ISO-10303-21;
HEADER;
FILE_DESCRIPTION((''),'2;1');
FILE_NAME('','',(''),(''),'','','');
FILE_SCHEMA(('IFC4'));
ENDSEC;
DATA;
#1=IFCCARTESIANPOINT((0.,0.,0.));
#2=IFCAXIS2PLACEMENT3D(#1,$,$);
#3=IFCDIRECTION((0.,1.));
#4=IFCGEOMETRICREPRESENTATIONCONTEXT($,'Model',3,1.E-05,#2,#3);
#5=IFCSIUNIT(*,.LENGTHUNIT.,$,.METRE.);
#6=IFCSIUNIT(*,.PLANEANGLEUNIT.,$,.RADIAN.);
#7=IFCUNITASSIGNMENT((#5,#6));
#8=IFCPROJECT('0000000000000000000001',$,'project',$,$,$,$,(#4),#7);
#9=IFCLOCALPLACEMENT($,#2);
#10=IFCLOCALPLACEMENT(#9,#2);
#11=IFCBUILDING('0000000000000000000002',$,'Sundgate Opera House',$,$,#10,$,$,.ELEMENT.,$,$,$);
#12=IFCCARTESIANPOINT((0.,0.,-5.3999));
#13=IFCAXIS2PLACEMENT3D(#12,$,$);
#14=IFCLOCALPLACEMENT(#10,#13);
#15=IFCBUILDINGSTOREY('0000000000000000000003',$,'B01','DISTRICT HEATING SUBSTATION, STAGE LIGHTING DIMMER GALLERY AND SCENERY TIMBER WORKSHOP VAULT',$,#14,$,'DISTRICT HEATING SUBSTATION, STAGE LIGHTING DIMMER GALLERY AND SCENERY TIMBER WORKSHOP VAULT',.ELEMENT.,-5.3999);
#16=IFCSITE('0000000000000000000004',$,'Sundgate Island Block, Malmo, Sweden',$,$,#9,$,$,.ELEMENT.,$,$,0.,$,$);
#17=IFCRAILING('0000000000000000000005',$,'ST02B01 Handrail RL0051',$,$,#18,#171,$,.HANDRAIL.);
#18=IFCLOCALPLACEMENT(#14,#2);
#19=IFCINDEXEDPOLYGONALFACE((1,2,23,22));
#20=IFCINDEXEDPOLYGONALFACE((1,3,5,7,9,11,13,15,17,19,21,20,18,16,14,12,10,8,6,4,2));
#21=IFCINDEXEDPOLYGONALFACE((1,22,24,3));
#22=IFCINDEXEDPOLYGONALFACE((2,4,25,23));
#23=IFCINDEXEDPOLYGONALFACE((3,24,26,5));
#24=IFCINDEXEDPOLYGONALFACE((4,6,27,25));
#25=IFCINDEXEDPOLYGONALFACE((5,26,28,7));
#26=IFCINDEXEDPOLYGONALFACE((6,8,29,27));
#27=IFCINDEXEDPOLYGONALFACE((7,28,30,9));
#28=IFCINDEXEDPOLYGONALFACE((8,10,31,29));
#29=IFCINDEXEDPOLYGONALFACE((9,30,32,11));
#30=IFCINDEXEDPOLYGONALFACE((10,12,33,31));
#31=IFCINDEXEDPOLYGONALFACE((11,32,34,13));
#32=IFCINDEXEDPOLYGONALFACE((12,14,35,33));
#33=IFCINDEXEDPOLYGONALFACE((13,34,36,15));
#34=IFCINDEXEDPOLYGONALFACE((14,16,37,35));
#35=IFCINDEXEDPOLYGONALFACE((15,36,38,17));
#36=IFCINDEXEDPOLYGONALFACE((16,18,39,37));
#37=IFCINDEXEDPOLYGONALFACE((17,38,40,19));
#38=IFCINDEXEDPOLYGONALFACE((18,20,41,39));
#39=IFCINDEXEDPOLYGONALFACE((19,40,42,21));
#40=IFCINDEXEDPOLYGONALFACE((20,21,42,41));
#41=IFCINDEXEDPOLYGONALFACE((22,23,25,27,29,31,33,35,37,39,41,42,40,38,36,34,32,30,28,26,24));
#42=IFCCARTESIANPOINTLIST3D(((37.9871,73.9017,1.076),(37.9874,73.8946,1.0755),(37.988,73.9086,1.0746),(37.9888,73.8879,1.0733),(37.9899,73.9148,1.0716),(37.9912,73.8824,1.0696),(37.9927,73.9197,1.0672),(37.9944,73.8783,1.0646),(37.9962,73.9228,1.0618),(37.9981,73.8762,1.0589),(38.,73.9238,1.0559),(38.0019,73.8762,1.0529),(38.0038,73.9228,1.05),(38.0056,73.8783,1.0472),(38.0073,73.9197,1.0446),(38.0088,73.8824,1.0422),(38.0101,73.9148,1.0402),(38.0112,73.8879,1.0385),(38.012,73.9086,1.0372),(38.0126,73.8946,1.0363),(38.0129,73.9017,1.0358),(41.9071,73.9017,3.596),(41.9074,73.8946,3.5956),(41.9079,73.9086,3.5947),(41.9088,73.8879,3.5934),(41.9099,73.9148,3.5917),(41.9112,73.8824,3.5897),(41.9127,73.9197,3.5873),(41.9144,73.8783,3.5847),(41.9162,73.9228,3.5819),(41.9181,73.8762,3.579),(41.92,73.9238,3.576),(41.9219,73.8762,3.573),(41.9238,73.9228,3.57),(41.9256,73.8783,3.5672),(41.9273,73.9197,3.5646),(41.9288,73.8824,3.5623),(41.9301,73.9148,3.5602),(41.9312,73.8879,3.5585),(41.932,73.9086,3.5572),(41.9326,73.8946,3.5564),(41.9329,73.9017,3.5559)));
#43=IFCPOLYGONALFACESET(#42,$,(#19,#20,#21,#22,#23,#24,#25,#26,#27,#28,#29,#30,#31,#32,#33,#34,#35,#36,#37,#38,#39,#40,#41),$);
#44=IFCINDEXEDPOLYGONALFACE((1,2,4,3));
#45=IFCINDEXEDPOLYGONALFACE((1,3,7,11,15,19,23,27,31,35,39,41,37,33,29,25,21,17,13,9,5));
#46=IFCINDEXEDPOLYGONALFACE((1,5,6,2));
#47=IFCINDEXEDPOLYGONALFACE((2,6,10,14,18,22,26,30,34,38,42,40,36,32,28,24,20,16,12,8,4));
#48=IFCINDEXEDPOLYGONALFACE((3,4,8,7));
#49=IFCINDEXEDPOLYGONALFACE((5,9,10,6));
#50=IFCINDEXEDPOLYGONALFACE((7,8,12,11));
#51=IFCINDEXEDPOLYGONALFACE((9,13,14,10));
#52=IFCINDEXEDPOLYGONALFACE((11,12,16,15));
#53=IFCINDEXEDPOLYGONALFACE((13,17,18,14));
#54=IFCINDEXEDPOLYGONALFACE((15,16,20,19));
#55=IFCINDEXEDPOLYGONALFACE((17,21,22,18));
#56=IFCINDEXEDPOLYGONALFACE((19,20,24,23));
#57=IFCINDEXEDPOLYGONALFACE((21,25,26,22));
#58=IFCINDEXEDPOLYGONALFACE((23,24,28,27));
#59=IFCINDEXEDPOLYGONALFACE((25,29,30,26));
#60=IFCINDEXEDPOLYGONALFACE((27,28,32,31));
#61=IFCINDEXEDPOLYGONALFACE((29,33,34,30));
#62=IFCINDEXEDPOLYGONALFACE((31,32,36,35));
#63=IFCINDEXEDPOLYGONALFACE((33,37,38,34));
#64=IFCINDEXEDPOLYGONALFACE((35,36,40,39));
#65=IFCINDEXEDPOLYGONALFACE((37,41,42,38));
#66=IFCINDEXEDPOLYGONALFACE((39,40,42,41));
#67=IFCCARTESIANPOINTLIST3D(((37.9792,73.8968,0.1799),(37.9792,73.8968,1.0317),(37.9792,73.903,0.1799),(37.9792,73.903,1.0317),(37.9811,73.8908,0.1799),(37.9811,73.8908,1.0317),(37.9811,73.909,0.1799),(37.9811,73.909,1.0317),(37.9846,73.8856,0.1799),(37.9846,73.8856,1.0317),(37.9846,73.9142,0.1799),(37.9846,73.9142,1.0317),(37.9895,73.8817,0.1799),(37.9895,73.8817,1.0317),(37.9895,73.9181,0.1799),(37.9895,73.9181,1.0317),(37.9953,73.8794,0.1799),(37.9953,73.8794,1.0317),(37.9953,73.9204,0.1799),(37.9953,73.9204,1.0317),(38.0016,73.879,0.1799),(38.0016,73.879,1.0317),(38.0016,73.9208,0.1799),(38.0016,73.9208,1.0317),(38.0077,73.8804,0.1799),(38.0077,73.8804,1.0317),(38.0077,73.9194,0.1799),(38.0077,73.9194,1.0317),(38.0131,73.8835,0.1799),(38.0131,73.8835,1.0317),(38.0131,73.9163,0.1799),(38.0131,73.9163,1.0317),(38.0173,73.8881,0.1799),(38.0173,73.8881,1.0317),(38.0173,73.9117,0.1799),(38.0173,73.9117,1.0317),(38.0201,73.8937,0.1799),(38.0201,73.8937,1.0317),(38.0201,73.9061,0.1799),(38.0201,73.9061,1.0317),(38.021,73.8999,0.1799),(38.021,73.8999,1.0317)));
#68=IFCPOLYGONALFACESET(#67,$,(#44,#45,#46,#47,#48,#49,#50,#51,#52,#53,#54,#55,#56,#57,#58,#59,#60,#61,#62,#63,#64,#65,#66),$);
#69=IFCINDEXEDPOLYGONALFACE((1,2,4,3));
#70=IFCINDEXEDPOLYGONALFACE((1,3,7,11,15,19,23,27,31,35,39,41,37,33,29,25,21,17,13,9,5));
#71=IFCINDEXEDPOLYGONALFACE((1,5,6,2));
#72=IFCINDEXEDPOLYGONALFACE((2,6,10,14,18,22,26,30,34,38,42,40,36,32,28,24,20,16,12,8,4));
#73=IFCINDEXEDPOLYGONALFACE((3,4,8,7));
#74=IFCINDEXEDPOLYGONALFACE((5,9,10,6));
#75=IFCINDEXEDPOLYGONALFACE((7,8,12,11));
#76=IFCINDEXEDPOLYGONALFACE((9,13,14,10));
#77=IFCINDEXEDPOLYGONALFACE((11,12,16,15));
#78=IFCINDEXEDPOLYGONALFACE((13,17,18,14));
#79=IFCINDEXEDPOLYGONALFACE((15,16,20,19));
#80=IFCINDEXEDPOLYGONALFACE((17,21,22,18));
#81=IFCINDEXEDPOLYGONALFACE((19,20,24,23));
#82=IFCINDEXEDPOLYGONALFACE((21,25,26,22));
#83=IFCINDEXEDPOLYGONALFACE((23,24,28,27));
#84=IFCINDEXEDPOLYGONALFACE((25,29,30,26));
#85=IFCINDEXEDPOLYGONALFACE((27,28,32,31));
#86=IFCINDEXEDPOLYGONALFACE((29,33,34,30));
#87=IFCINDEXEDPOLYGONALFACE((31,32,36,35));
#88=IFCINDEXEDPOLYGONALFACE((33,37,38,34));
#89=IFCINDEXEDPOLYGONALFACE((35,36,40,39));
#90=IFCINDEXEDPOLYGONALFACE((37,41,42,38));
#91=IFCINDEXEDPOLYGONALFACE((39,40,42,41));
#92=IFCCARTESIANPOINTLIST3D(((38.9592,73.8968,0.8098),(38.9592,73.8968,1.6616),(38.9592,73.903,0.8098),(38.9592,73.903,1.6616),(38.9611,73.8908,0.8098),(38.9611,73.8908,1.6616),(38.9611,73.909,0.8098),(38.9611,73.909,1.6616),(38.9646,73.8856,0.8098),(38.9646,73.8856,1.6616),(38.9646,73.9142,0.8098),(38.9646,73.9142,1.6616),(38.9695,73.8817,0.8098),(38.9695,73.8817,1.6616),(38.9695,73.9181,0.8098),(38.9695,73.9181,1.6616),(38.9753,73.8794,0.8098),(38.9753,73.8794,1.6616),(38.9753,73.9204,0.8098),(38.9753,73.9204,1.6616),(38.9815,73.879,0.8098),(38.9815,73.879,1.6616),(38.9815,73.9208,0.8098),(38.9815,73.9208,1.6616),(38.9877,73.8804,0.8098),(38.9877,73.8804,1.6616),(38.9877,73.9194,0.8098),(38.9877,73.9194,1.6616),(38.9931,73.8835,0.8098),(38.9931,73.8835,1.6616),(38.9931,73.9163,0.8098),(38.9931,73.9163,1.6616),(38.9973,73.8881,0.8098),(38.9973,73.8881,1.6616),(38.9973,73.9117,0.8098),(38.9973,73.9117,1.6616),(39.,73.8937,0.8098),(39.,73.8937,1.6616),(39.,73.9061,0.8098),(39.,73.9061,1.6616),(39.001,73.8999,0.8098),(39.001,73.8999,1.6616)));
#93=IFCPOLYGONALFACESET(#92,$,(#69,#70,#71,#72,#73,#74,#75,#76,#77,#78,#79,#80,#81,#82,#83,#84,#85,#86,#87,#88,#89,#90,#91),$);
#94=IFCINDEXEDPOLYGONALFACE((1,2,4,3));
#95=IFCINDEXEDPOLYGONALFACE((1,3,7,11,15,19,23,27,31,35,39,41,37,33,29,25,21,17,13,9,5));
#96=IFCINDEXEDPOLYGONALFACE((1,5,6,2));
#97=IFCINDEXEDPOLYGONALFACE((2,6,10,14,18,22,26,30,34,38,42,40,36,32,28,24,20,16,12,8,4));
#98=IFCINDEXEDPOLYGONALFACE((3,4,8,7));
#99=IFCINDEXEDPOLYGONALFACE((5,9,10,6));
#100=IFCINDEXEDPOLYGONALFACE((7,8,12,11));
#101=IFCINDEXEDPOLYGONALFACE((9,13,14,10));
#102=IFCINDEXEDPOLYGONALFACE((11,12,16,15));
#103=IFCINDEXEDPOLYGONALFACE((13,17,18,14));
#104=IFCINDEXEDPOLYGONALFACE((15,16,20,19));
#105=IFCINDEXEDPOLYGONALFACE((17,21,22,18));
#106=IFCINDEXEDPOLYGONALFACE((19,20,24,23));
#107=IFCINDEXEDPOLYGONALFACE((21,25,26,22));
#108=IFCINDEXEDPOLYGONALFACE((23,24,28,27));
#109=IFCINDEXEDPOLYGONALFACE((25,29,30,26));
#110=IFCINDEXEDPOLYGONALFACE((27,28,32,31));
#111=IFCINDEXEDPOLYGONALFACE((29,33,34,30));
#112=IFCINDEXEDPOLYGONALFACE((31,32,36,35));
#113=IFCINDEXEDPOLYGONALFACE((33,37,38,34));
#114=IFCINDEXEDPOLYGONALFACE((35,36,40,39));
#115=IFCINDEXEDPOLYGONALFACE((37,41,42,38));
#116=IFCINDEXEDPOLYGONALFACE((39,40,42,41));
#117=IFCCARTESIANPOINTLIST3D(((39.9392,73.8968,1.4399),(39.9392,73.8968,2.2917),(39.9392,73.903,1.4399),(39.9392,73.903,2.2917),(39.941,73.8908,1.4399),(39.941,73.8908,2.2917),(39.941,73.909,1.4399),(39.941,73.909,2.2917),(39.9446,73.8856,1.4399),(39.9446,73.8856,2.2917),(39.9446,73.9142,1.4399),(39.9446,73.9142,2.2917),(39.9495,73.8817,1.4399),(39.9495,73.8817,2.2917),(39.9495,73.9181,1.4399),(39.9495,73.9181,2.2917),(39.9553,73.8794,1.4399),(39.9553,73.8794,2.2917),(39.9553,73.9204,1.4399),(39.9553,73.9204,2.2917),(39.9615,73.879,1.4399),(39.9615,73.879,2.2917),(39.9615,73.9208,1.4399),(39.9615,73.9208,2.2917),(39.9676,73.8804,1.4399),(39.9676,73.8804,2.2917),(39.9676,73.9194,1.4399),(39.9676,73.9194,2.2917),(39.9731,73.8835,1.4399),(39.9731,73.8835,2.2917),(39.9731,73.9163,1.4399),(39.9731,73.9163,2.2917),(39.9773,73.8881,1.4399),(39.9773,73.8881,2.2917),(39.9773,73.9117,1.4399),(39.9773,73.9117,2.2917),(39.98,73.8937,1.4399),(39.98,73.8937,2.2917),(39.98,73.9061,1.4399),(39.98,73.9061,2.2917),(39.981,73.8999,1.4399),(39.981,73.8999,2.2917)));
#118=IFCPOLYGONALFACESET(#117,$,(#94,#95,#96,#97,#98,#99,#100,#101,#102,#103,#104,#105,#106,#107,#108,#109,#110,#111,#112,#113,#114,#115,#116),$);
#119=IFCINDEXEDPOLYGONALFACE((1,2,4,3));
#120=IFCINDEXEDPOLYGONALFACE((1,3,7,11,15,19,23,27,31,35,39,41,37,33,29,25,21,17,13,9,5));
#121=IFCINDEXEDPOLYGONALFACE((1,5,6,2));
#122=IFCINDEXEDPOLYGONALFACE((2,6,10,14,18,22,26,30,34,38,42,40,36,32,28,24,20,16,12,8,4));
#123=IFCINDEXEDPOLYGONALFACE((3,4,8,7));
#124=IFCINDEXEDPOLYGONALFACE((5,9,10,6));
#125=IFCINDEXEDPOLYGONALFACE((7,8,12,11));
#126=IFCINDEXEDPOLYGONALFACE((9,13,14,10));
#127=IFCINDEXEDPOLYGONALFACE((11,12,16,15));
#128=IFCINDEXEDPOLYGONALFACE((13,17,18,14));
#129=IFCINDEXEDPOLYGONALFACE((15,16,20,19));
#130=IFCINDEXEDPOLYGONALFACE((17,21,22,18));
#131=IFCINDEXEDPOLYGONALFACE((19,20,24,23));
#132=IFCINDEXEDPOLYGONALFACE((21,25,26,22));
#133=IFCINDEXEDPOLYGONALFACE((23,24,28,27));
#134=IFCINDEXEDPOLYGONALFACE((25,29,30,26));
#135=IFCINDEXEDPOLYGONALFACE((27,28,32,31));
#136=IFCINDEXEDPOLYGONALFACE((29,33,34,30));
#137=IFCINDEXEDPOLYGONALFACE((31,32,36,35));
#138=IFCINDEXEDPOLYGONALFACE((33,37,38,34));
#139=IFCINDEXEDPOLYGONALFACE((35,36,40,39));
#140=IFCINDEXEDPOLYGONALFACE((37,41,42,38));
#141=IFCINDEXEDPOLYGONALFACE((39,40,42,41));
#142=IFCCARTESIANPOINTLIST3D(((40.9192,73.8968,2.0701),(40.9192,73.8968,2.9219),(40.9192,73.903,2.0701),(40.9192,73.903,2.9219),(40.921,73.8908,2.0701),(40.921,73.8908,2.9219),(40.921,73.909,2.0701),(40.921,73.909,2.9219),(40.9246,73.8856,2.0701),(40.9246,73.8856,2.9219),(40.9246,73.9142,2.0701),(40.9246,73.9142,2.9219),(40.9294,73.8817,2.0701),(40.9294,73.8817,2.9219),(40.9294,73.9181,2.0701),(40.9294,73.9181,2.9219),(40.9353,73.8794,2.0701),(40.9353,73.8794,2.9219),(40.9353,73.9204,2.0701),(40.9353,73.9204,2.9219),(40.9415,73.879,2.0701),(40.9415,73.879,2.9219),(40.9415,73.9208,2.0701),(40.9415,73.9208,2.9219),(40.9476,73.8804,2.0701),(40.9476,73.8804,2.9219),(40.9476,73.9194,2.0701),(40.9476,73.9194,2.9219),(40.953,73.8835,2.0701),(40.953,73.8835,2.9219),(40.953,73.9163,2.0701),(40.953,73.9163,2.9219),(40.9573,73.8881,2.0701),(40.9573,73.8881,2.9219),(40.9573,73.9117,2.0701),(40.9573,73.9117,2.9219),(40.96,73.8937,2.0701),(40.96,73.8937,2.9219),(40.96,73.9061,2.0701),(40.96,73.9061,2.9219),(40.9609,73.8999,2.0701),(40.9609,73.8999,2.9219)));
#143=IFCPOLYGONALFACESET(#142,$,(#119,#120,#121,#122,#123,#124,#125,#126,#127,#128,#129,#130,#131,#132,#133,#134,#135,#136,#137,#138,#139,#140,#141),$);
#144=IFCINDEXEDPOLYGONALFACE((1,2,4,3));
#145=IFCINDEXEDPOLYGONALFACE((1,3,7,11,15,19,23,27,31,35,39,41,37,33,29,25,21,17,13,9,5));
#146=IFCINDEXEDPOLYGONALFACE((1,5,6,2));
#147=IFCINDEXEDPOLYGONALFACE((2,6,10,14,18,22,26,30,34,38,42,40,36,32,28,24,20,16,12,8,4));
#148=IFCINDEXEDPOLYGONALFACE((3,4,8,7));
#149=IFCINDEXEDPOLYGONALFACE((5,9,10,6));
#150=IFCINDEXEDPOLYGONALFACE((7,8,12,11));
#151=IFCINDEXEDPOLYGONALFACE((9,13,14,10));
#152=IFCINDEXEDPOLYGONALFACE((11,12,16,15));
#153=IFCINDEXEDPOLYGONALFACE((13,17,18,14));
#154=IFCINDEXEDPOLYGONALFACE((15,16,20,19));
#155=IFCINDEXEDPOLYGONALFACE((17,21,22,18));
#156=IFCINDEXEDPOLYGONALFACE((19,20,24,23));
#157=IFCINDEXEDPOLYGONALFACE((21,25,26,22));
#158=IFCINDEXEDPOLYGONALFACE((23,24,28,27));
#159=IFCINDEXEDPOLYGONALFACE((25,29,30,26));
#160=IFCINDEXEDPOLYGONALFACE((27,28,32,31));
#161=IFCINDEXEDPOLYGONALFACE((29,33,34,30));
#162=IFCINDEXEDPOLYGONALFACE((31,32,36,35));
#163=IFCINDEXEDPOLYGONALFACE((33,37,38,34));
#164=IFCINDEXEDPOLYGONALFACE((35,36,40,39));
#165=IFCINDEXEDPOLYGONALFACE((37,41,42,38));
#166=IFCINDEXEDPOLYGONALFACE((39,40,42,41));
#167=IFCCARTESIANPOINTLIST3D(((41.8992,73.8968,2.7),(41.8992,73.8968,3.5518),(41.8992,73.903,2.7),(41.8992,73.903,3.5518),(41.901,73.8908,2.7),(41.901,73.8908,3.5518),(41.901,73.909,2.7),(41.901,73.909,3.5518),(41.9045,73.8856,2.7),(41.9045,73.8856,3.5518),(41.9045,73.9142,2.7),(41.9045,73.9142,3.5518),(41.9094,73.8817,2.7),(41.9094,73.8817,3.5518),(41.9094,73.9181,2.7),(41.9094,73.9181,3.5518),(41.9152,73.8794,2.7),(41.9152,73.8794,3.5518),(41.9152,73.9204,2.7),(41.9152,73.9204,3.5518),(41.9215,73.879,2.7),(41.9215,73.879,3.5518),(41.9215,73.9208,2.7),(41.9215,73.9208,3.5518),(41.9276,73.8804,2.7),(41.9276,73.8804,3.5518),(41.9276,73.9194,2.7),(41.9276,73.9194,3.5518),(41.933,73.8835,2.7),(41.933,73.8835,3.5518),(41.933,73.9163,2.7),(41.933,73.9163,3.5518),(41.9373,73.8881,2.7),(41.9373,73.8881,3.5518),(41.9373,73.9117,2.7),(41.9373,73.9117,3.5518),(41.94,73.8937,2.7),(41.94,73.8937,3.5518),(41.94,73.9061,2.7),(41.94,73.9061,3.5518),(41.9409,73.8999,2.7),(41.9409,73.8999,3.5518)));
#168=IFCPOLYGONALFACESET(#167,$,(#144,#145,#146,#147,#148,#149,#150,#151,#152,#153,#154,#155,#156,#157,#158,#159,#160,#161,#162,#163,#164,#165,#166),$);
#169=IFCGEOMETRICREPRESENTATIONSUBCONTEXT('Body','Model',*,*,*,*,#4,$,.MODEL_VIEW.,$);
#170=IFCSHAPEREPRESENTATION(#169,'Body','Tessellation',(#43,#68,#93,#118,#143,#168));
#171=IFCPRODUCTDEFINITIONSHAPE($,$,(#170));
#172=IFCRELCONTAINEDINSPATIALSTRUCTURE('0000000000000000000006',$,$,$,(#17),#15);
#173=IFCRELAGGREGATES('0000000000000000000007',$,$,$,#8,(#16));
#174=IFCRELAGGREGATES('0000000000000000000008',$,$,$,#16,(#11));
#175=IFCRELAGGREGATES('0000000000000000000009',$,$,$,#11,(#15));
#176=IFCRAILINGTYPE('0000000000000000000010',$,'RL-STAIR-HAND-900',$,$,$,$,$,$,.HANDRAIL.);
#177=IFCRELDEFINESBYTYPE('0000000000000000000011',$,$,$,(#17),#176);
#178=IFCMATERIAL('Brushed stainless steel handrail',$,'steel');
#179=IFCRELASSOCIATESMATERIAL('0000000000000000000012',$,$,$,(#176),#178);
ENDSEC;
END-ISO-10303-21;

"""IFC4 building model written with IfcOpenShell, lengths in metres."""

from ifc_helpers import new_model, si_unit, direction, frame, origin, origin_2d, place, context, subcontext, project, spatial, circle, extrude, material, type_object, element, save


model = new_model("IFC4")

# Units and contexts
model_context = context("Model", 3, precision=1e-05, world=origin(), true_north=direction((0.0, 1.0)))
body_context = subcontext(model_context, "Body", "Model", "MODEL_VIEW")
ifc_project = project(units=[si_unit("LENGTHUNIT", "METRE"), si_unit("PLANEANGLEUNIT", "RADIAN")], contexts=[model_context])

# Site, building, storey
site_placement = place(None, origin())
site = spatial("IfcSite", under=ifc_project, at=site_placement, Name="Sundgate Island Block, Malmo, Sweden", CompositionType="ELEMENT", RefElevation=0.0)
building_placement = place(site_placement, origin())
building = spatial("IfcBuilding", under=site, at=building_placement, Name="Sundgate Opera House", CompositionType="ELEMENT")
storey_placement = place(building_placement, frame((0.0, 0.0, -5.3999)))
storey = spatial("IfcBuildingStorey", under=building, at=storey_placement, Name="B01", Description="DISTRICT HEATING SUBSTATION, STAGE LIGHTING DIMMER GALLERY AND SCENERY TIMBER WORKSHOP VAULT", LongName="DISTRICT HEATING SUBSTATION, STAGE LIGHTING DIMMER GALLERY AND SCENERY TIMBER WORKSHOP VAULT", CompositionType="ELEMENT", Elevation=-5.3999)

# Railing
ifc_material_1 = material(Name="Brushed stainless steel handrail", Category="steel")
railing_type_1 = type_object("IfcRailingType", Name="RL-STAIR-HAND-900", PredefinedType="HANDRAIL", material=ifc_material_1)
railing_1_placement = place(storey_placement, frame((38.0, 73.8999, 0.1799)))
element("IfcRailing", 1, at=railing_1_placement, inside=storey, type_object=railing_type_1, Name="ST02B01 Handrail RL0051", PredefinedType="HANDRAIL", context=body_context, shape_type="SweptSolid", body=[
    extrude(circle(Radius=0.0239, at=origin_2d()), frame((0.0, 0.0, 0.876), z_axis=(0.841172, 0.0, 0.540768), x_axis=(0.0, 1.0, 0.0)), (0.0, 0.0, 1.0), 4.6602),
    extrude(circle(Radius=0.021, at=origin_2d()), origin(), (0.0, 0.0, 1.0), 0.8518),
    extrude(circle(Radius=0.021, at=origin_2d()), frame((0.98, 0.0, 0.6299)), (0.0, 0.0, 1.0), 0.8518),
    extrude(circle(Radius=0.021, at=origin_2d()), frame((1.96, 0.0, 1.26)), (0.0, 0.0, 1.0), 0.8518),
    extrude(circle(Radius=0.021, at=origin_2d()), frame((2.9399, 0.0, 1.8901)), (0.0, 0.0, 1.0), 0.8518),
    extrude(circle(Radius=0.021, at=origin_2d()), frame((3.9199, 0.0, 2.52)), (0.0, 0.0, 1.0), 0.8518),
])

save(model, "model.ifc")
